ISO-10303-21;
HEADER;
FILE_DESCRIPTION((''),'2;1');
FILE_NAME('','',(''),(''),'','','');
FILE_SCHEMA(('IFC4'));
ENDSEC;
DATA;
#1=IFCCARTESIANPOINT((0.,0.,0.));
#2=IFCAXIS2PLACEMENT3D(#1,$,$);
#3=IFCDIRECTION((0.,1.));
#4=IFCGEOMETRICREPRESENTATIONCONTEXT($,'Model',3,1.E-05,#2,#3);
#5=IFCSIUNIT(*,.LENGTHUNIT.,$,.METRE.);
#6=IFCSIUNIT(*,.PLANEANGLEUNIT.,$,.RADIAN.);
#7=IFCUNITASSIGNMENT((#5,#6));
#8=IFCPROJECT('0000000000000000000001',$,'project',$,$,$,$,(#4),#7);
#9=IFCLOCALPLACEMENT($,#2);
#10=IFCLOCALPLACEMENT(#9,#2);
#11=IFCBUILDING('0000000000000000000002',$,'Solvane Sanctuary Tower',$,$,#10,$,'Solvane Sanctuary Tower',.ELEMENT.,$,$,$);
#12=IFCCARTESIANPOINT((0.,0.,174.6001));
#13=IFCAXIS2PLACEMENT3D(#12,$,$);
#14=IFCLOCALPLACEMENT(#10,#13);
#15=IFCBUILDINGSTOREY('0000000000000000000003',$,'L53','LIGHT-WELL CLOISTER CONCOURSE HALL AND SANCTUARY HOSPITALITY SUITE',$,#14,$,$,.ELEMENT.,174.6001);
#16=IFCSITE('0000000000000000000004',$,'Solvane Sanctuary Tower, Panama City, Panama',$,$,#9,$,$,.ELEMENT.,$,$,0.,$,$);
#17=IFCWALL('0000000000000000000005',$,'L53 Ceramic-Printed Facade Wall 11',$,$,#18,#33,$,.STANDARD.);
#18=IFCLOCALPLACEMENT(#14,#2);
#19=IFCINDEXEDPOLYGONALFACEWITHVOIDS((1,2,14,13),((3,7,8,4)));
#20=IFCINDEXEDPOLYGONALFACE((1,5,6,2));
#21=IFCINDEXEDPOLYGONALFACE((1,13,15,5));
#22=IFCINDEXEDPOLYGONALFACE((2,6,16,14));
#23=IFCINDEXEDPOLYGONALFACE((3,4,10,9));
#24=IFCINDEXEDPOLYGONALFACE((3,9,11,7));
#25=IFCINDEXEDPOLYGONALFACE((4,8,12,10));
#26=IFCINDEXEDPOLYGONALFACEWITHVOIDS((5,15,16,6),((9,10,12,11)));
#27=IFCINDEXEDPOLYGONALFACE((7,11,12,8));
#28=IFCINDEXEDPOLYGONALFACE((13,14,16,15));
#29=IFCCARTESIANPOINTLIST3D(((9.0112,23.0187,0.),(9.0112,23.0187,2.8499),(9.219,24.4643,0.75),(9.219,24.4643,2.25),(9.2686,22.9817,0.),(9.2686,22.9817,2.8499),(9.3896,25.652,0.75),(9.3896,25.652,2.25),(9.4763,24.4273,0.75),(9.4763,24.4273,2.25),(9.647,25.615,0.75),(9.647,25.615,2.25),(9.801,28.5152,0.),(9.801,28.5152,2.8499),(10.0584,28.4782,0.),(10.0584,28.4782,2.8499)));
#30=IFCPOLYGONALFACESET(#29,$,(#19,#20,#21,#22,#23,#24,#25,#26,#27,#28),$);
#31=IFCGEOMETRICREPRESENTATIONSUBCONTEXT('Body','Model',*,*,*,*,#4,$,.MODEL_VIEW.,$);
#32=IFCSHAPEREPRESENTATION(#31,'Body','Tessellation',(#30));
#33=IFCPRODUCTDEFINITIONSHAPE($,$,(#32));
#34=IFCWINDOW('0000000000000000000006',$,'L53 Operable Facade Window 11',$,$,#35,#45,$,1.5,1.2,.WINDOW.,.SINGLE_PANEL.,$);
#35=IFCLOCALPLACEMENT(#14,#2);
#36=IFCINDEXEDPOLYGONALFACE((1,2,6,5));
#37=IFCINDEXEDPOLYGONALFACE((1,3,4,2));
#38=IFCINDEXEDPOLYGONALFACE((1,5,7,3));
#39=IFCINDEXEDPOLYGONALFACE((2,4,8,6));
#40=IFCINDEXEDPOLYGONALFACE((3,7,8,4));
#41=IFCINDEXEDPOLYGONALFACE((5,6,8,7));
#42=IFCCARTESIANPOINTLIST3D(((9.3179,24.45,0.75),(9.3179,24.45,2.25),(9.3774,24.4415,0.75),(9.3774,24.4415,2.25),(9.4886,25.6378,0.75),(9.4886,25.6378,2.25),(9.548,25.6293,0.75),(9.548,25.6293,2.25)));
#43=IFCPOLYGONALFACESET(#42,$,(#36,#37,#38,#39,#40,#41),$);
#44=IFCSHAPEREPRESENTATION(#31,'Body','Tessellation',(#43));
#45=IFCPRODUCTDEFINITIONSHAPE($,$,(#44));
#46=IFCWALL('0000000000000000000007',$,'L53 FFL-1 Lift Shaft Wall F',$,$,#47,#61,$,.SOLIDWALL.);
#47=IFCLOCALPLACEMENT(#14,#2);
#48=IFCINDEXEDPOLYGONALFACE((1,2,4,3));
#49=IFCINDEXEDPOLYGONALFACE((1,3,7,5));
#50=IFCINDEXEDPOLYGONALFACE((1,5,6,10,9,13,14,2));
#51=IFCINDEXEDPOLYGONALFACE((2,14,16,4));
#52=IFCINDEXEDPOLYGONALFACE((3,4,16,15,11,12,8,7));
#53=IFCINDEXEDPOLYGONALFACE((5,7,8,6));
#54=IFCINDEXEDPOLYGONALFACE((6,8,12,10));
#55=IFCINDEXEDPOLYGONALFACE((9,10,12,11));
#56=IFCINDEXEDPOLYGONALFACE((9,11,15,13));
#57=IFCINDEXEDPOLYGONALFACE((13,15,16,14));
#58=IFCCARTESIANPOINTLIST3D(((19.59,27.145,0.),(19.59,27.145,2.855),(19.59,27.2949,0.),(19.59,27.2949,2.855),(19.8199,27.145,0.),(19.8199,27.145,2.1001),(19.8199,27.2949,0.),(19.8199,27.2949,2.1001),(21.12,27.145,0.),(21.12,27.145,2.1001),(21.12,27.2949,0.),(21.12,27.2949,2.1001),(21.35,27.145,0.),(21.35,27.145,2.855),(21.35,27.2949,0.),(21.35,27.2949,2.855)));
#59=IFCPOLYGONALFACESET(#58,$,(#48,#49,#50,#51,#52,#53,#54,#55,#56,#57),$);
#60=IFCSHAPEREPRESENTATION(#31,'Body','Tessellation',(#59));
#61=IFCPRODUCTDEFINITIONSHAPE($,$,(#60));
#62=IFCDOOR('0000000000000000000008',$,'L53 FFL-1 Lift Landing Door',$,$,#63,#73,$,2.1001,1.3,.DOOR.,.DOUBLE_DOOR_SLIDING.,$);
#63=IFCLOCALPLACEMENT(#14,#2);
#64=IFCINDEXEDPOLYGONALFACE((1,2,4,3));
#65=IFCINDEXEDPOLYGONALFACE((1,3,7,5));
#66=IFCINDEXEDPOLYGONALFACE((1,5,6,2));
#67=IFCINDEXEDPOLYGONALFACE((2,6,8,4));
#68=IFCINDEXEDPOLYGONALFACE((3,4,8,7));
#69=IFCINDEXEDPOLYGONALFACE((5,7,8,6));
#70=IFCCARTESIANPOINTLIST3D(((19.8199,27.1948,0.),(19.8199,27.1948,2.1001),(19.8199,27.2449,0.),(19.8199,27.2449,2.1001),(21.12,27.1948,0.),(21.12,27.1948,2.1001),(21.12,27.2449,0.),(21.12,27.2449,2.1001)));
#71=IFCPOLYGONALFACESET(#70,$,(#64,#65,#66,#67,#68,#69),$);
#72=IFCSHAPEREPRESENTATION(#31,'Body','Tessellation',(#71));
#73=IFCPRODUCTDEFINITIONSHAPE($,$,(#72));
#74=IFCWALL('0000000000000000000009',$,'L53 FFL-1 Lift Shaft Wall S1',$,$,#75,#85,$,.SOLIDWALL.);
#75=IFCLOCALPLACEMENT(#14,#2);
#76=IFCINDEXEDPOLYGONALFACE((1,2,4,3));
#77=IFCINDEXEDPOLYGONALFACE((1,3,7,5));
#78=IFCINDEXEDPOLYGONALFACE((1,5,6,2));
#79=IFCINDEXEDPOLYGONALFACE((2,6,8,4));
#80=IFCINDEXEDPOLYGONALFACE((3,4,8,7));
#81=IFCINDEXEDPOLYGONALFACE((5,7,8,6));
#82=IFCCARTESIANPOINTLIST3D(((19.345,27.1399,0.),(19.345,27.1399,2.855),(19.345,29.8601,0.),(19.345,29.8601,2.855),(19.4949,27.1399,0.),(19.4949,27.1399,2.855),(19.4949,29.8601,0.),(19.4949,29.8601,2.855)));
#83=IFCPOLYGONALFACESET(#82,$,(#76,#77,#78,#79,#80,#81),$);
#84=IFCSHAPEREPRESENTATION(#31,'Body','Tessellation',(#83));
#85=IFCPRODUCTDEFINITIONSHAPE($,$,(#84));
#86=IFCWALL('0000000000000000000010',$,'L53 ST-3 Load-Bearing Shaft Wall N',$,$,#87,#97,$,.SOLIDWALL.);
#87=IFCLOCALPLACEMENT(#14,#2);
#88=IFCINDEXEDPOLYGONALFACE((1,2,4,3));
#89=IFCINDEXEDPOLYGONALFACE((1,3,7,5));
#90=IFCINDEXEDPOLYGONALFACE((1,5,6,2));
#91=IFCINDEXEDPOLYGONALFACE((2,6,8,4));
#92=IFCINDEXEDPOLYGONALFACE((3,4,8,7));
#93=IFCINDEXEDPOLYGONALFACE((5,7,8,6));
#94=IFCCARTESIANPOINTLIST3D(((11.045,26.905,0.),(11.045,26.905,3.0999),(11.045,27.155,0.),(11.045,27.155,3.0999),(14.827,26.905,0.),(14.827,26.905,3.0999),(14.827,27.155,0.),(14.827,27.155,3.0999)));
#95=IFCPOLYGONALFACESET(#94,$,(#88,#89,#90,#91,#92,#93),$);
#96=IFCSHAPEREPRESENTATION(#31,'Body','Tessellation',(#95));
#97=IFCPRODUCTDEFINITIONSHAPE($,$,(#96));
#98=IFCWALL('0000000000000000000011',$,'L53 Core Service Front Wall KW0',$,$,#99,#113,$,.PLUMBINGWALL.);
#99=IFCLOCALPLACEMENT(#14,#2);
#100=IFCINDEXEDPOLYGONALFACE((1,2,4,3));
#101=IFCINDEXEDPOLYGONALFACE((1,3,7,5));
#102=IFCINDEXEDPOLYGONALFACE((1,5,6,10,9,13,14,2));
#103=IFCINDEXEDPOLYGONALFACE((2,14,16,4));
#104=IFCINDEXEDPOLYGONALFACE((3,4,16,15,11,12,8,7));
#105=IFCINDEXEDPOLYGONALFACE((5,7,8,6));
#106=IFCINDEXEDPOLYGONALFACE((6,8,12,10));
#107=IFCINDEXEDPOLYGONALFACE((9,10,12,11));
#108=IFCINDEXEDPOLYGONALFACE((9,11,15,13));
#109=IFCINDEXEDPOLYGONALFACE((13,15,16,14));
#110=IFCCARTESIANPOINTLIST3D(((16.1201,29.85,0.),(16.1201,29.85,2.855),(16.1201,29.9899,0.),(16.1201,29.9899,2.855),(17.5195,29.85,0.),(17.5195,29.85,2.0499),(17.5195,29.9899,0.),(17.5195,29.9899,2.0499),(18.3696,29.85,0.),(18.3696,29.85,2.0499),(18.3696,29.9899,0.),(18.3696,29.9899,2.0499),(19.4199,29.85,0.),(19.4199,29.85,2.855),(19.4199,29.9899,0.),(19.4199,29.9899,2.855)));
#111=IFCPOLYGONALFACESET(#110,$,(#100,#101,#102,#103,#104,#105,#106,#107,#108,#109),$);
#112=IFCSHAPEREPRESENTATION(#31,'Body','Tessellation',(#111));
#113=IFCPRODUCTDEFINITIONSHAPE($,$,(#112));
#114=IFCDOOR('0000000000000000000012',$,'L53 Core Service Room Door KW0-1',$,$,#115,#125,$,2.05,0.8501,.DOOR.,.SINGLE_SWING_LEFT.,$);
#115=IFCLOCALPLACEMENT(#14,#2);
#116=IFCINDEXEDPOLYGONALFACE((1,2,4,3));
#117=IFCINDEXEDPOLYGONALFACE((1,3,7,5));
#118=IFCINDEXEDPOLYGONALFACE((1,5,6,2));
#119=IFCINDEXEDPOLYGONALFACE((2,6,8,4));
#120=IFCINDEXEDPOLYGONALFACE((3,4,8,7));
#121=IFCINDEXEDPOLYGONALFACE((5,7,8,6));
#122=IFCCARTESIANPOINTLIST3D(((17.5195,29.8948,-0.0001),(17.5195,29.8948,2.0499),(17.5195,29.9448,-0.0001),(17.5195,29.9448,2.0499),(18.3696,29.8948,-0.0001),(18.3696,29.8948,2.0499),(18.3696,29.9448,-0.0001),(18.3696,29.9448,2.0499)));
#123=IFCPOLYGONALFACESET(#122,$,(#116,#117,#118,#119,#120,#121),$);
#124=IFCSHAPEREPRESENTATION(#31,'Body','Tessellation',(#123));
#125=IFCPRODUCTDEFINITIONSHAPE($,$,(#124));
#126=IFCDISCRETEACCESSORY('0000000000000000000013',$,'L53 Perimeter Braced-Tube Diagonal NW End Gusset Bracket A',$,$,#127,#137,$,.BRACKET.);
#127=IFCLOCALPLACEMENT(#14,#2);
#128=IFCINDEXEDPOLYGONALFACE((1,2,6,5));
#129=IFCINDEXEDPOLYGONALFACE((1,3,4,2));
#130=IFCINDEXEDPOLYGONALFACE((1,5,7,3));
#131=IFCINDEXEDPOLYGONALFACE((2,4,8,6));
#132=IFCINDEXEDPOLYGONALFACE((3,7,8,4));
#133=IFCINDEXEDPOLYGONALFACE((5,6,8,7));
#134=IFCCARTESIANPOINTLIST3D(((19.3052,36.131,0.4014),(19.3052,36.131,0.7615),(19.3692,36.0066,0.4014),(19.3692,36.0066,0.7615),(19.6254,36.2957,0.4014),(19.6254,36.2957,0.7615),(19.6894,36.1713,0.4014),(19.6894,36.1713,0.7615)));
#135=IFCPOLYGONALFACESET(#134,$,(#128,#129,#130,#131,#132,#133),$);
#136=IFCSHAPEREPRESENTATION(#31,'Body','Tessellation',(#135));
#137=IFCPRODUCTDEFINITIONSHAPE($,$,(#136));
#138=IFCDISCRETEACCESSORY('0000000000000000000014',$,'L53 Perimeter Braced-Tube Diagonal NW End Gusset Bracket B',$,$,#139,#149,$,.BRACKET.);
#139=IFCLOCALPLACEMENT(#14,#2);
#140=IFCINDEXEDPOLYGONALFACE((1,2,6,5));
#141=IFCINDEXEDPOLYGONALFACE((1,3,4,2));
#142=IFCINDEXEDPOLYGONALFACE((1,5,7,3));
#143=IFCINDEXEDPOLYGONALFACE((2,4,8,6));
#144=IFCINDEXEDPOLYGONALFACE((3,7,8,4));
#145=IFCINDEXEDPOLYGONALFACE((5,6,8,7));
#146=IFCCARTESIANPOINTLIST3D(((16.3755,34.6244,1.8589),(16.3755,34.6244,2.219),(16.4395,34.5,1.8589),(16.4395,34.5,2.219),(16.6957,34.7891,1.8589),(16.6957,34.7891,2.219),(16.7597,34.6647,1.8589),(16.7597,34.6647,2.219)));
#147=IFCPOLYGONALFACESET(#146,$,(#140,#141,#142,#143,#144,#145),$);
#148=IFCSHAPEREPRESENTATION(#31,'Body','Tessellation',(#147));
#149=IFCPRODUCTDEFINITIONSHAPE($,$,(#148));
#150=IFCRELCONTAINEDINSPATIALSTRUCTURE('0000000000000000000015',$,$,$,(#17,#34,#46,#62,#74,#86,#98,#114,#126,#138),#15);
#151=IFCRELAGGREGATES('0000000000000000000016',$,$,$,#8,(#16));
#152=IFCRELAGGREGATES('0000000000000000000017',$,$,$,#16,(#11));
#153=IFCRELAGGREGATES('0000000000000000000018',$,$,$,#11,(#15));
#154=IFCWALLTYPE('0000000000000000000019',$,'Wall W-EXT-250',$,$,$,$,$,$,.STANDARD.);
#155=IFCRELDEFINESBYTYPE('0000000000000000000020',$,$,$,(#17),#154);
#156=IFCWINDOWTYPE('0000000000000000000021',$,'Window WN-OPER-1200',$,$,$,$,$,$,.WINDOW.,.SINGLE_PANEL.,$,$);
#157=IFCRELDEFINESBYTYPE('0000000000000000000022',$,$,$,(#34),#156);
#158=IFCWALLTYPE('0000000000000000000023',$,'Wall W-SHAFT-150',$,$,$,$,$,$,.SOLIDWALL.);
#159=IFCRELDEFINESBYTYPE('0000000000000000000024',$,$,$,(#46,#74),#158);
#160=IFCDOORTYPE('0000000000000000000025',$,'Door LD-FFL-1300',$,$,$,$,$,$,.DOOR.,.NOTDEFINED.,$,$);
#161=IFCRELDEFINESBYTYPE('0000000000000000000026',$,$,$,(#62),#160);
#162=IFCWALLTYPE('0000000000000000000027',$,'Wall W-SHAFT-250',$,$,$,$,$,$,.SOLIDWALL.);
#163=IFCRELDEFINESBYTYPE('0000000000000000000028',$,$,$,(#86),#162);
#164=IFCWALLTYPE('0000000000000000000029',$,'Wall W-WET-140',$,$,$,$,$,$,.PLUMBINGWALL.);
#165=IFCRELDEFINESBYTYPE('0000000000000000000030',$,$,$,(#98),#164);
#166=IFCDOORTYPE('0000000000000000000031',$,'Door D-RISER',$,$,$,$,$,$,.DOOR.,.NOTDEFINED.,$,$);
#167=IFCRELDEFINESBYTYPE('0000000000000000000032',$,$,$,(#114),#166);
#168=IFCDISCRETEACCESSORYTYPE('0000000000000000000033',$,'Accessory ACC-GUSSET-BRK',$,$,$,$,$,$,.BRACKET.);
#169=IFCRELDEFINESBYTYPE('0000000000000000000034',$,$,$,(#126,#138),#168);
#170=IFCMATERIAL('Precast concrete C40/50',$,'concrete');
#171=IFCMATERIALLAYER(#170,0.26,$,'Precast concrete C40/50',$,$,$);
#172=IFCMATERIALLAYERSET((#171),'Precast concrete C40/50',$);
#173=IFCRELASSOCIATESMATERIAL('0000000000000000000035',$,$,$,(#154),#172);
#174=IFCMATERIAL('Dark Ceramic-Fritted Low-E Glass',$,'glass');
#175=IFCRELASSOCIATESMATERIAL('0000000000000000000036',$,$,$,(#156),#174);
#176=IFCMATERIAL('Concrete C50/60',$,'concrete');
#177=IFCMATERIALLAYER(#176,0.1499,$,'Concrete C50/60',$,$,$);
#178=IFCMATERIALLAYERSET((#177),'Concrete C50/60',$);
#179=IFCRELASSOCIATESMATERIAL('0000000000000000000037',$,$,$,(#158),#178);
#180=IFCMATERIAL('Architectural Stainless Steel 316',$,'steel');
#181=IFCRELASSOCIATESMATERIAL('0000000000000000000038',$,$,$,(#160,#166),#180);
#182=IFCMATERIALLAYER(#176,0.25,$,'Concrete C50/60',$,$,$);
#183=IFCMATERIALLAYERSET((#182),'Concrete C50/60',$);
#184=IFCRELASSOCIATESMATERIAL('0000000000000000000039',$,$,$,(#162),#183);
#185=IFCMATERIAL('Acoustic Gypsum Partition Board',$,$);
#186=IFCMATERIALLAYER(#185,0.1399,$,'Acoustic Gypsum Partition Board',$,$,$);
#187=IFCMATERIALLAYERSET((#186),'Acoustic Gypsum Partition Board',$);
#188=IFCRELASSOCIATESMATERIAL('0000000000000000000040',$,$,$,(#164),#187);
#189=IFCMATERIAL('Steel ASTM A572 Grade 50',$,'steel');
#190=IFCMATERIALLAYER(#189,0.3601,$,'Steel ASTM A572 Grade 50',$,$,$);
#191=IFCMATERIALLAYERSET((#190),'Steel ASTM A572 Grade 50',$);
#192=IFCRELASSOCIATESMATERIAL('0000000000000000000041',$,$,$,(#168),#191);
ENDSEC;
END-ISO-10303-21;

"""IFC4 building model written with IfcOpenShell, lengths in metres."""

from ifc_helpers import new_model, si_unit, direction, frame, frame_2d, origin, origin_2d, place, context, subcontext, project, spatial, rectangle, extrude, material, layer, layer_set, type_object, element, fill, save


model = new_model("IFC4")

# Units and contexts
model_context = context("Model", 3, precision=1e-05, world=origin(), true_north=direction((0.0, 1.0)))
body_context = subcontext(model_context, "Body", "Model", "MODEL_VIEW")
ifc_project = project(units=[si_unit("LENGTHUNIT", "METRE"), si_unit("PLANEANGLEUNIT", "RADIAN")], contexts=[model_context])

# Site, building, storey
site_placement = place(None, origin())
site = spatial("IfcSite", under=ifc_project, at=site_placement, Name="Solvane Sanctuary Tower, Panama City, Panama", CompositionType="ELEMENT", RefElevation=0.0)
building_placement = place(site_placement, origin())
building = spatial("IfcBuilding", under=site, at=building_placement, Name="Solvane Sanctuary Tower", LongName="Solvane Sanctuary Tower", CompositionType="ELEMENT")
storey_placement = place(building_placement, frame((0.0, 0.0, 174.6001)))
storey = spatial("IfcBuildingStorey", under=building, at=storey_placement, Name="L53", Description="LIGHT-WELL CLOISTER CONCOURSE HALL AND SANCTUARY HOSPITALITY SUITE", CompositionType="ELEMENT", Elevation=174.6001)

# Shared definitions
ifc_material_1 = material(Name="Acoustic Gypsum Partition Board")

# Shared definitions
ifc_material_2 = material(Name="Precast concrete C40/50", Category="concrete")
ifc_layer_1 = layer(ifc_material_2, 0.26, Name="Precast concrete C40/50")
ifc_layer_set_1 = layer_set([ifc_layer_1], Name="Precast concrete C40/50")
wall_type_1 = type_object("IfcWallType", Name="Wall W-EXT-250", PredefinedType="STANDARD", material=ifc_layer_set_1)

# Wall, opening, window
ifc_material_3 = material(Name="Dark Ceramic-Fritted Low-E Glass", Category="glass")
wall_1_placement = place(storey_placement, frame((9.9297, 28.4966, 0.0), z_axis=(0.0, 0.0, 1.0), x_axis=(-0.142228, -0.989834, 0.0)))
wall_1 = element("IfcWall", 1, at=wall_1_placement, inside=storey, type_object=wall_type_1, Name="L53 Ceramic-Printed Facade Wall 11", PredefinedType="STANDARD", context=body_context, shape_type="SweptSolid", body=[
    extrude(rectangle(XDim=5.553, YDim=0.26, at=frame_2d((2.7764, 0.0))), origin(), (0.0, 0.0, 1.0), 2.8499),
])
opening_1_placement = place(wall_1_placement, frame((2.8923, 0.0, 0.75)))
opening_1 = element("IfcOpeningElement", 2, at=opening_1_placement, cuts=wall_1, PredefinedType="OPENING", context=body_context, shape_type="SweptSolid", body=[
    extrude(rectangle(XDim=1.2, YDim=1.5, at=frame_2d((0.6001, 0.75))), frame((0.0, 0.1399, 0.0), z_axis=(0.0, -1.0, 0.0), x_axis=(1.0, 0.0, 0.0)), (0.0, 0.0, 1.0), 0.28),
])
window_type_1 = type_object("IfcWindowType", Name="Window WN-OPER-1200", PartitioningType="SINGLE_PANEL", PredefinedType="WINDOW", material=ifc_material_3)
window_1_placement = place(opening_1_placement, origin())
window_1 = element("IfcWindow", 3, at=window_1_placement, inside=storey, type_object=window_type_1, Name="L53 Operable Facade Window 11", OverallHeight=1.5, OverallWidth=1.2, PartitioningType="SINGLE_PANEL", PredefinedType="WINDOW", context=body_context, shape_type="SweptSolid", body=[
    extrude(rectangle(XDim=1.2, YDim=1.5, at=frame_2d((0.6001, 0.75))), frame((0.0, 0.03, 0.0), z_axis=(0.0, -1.0, 0.0), x_axis=(1.0, 0.0, 0.0)), (0.0, 0.0, 1.0), 0.0601),
])
fill(opening_1, window_1)

# Wall, opening, door
ifc_material_4 = material(Name="Concrete C50/60", Category="concrete")
ifc_layer_2 = layer(ifc_material_4, 0.1499, Name="Concrete C50/60")
ifc_layer_set_2 = layer_set([ifc_layer_2], Name="Concrete C50/60")
wall_type_2 = type_object("IfcWallType", Name="Wall W-SHAFT-150", PredefinedType="SOLIDWALL", material=ifc_layer_set_2)
wall_2_placement = place(storey_placement, frame((19.5901, 27.22, 0.0), z_axis=(0.0, 0.0, 1.0), x_axis=(1.0, 0.0, 0.0)))
wall_2 = element("IfcWall", 4, at=wall_2_placement, inside=storey, type_object=wall_type_2, Name="L53 FFL-1 Lift Shaft Wall F", PredefinedType="SOLIDWALL", context=body_context, shape_type="SweptSolid", body=[
    extrude(rectangle(XDim=1.76, YDim=0.1499, at=frame_2d((0.8799, 0.0))), origin(), (0.0, 0.0, 1.0), 2.855),
])
opening_2_placement = place(wall_2_placement, frame((0.23, 0.0, 0.0)))
opening_2 = element("IfcOpeningElement", 5, at=opening_2_placement, cuts=wall_2, PredefinedType="OPENING", context=body_context, shape_type="SweptSolid", body=[
    extrude(rectangle(XDim=1.3, YDim=2.1001, at=frame_2d((0.6499, 1.05))), frame((0.0, 0.085, 0.0), z_axis=(0.0, -1.0, 0.0), x_axis=(1.0, 0.0, 0.0)), (0.0, 0.0, 1.0), 0.1699),
])
ifc_material_5 = material(Name="Architectural Stainless Steel 316", Category="steel")
door_type_1 = type_object("IfcDoorType", Name="Door LD-FFL-1300", OperationType="NOTDEFINED", PredefinedType="DOOR", material=ifc_material_5)
door_1_placement = place(opening_2_placement, origin())
door_1 = element("IfcDoor", 6, at=door_1_placement, inside=storey, type_object=door_type_1, Name="L53 FFL-1 Lift Landing Door", OperationType="DOUBLE_DOOR_SLIDING", OverallHeight=2.1001, OverallWidth=1.3, PredefinedType="DOOR", context=body_context, shape_type="SweptSolid", body=[
    extrude(rectangle(XDim=1.3, YDim=2.1001, at=frame_2d((0.6499, 1.05))), frame((0.0, 0.0249, 0.0), z_axis=(0.0, -1.0, 0.0), x_axis=(1.0, 0.0, 0.0)), (0.0, 0.0, 1.0), 0.05),
])
fill(opening_2, door_1)

# Walls
wall_3_placement = place(storey_placement, frame((19.4199, 27.1399, 0.0), z_axis=(0.0, 0.0, 1.0), x_axis=(0.0, 1.0, 0.0)))
element("IfcWall", 7, at=wall_3_placement, inside=storey, type_object=wall_type_2, Name="L53 FFL-1 Lift Shaft Wall S1", PredefinedType="SOLIDWALL", context=body_context, shape_type="SweptSolid", body=[
    extrude(rectangle(XDim=2.7202, YDim=0.1499, at=frame_2d((1.3601, 0.0))), origin(), (0.0, 0.0, 1.0), 2.855),
])
ifc_layer_3 = layer(ifc_material_4, 0.25, Name="Concrete C50/60")
ifc_layer_set_3 = layer_set([ifc_layer_3], Name="Concrete C50/60")
wall_type_3 = type_object("IfcWallType", Name="Wall W-SHAFT-250", PredefinedType="SOLIDWALL", material=ifc_layer_set_3)
wall_4_placement = place(storey_placement, frame((11.0449, 27.03, 0.0), z_axis=(0.0, 0.0, 1.0), x_axis=(1.0, 0.0, 0.0)))
element("IfcWall", 8, at=wall_4_placement, inside=storey, type_object=wall_type_3, Name="L53 ST-3 Load-Bearing Shaft Wall N", PredefinedType="SOLIDWALL", context=body_context, shape_type="SweptSolid", body=[
    extrude(rectangle(XDim=3.782, YDim=0.25, at=frame_2d((1.8911, 0.0))), origin(), (0.0, 0.0, 1.0), 3.0999),
])

# Wall, opening, door
ifc_layer_4 = layer(ifc_material_1, 0.1399, Name="Acoustic Gypsum Partition Board")
ifc_layer_set_4 = layer_set([ifc_layer_4], Name="Acoustic Gypsum Partition Board")
wall_type_4 = type_object("IfcWallType", Name="Wall W-WET-140", PredefinedType="PLUMBINGWALL", material=ifc_layer_set_4)
wall_5_placement = place(storey_placement, frame((16.1201, 29.9199, 0.0), z_axis=(0.0, 0.0, 1.0), x_axis=(1.0, 0.0, 0.0)))
wall_5 = element("IfcWall", 9, at=wall_5_placement, inside=storey, type_object=wall_type_4, Name="L53 Core Service Front Wall KW0", PredefinedType="PLUMBINGWALL", context=body_context, shape_type="SweptSolid", body=[
    extrude(rectangle(XDim=3.2998, YDim=0.1399, at=frame_2d((1.6499, 0.0))), origin(), (0.0, 0.0, 1.0), 2.855),
])
opening_3_placement = place(wall_5_placement, frame((1.3994, 0.0, 0.0)))
opening_3 = element("IfcOpeningElement", 10, at=opening_3_placement, cuts=wall_5, PredefinedType="OPENING", context=body_context, shape_type="SweptSolid", body=[
    extrude(rectangle(XDim=0.8501, YDim=2.05, at=frame_2d((0.425, 1.0249))), frame((0.0, 0.0798, 0.0), z_axis=(0.0, -1.0, 0.0), x_axis=(1.0, 0.0, 0.0)), (0.0, 0.0, 1.0), 0.1599),
])
door_type_2 = type_object("IfcDoorType", Name="Door D-RISER", OperationType="NOTDEFINED", PredefinedType="DOOR", material=ifc_material_5)
door_2_placement = place(opening_3_placement, origin())
door_2 = element("IfcDoor", 11, at=door_2_placement, inside=storey, type_object=door_type_2, Name="L53 Core Service Room Door KW0-1", OperationType="SINGLE_SWING_LEFT", OverallHeight=2.05, OverallWidth=0.8501, PredefinedType="DOOR", context=body_context, shape_type="SweptSolid", body=[
    extrude(rectangle(XDim=0.8501, YDim=2.05, at=frame_2d((0.425, 1.0249))), frame((0.0, 0.0249, 0.0), z_axis=(0.0, -1.0, 0.0), x_axis=(1.0, 0.0, 0.0)), (0.0, 0.0, 1.0), 0.05),
])
fill(opening_3, door_2)

# Discrete accessories
ifc_material_6 = material(Name="Steel ASTM A572 Grade 50", Category="steel")
ifc_layer_5 = layer(ifc_material_6, 0.3601, Name="Steel ASTM A572 Grade 50")
ifc_layer_set_5 = layer_set([ifc_layer_5], Name="Steel ASTM A572 Grade 50")
discrete_accessory_type = type_object("IfcDiscreteAccessoryType", Name="Accessory ACC-GUSSET-BRK", PredefinedType="BRACKET", material=ifc_layer_set_5)
for number, where, z_axis, x_axis, name in (
    (12, (19.4973, 36.1511, 0.4014), (0.0, 0.0, 1.0), (-0.889257, -0.457408, 0.0), "L53 Perimeter Braced-Tube Diagonal NW End Gusset Bracket A"),
    (13, (16.5676, 34.6445, 1.8589), (0.0, 0.0, 1.0), (-0.889257, -0.457408, 0.0), "L53 Perimeter Braced-Tube Diagonal NW End Gusset Bracket B"),
):
    element("IfcDiscreteAccessory", number, at=place(storey_placement, frame(where, z_axis=z_axis, x_axis=x_axis)), inside=storey, type_object=discrete_accessory_type, Name=name, PredefinedType="BRACKET", context=body_context, shape_type="SweptSolid", body=[
        extrude(rectangle(XDim=0.3601, YDim=0.1399, at=origin_2d()), origin(), (0.0, 0.0, 1.0), 0.3601),
    ])

save(model, "model.ifc")
